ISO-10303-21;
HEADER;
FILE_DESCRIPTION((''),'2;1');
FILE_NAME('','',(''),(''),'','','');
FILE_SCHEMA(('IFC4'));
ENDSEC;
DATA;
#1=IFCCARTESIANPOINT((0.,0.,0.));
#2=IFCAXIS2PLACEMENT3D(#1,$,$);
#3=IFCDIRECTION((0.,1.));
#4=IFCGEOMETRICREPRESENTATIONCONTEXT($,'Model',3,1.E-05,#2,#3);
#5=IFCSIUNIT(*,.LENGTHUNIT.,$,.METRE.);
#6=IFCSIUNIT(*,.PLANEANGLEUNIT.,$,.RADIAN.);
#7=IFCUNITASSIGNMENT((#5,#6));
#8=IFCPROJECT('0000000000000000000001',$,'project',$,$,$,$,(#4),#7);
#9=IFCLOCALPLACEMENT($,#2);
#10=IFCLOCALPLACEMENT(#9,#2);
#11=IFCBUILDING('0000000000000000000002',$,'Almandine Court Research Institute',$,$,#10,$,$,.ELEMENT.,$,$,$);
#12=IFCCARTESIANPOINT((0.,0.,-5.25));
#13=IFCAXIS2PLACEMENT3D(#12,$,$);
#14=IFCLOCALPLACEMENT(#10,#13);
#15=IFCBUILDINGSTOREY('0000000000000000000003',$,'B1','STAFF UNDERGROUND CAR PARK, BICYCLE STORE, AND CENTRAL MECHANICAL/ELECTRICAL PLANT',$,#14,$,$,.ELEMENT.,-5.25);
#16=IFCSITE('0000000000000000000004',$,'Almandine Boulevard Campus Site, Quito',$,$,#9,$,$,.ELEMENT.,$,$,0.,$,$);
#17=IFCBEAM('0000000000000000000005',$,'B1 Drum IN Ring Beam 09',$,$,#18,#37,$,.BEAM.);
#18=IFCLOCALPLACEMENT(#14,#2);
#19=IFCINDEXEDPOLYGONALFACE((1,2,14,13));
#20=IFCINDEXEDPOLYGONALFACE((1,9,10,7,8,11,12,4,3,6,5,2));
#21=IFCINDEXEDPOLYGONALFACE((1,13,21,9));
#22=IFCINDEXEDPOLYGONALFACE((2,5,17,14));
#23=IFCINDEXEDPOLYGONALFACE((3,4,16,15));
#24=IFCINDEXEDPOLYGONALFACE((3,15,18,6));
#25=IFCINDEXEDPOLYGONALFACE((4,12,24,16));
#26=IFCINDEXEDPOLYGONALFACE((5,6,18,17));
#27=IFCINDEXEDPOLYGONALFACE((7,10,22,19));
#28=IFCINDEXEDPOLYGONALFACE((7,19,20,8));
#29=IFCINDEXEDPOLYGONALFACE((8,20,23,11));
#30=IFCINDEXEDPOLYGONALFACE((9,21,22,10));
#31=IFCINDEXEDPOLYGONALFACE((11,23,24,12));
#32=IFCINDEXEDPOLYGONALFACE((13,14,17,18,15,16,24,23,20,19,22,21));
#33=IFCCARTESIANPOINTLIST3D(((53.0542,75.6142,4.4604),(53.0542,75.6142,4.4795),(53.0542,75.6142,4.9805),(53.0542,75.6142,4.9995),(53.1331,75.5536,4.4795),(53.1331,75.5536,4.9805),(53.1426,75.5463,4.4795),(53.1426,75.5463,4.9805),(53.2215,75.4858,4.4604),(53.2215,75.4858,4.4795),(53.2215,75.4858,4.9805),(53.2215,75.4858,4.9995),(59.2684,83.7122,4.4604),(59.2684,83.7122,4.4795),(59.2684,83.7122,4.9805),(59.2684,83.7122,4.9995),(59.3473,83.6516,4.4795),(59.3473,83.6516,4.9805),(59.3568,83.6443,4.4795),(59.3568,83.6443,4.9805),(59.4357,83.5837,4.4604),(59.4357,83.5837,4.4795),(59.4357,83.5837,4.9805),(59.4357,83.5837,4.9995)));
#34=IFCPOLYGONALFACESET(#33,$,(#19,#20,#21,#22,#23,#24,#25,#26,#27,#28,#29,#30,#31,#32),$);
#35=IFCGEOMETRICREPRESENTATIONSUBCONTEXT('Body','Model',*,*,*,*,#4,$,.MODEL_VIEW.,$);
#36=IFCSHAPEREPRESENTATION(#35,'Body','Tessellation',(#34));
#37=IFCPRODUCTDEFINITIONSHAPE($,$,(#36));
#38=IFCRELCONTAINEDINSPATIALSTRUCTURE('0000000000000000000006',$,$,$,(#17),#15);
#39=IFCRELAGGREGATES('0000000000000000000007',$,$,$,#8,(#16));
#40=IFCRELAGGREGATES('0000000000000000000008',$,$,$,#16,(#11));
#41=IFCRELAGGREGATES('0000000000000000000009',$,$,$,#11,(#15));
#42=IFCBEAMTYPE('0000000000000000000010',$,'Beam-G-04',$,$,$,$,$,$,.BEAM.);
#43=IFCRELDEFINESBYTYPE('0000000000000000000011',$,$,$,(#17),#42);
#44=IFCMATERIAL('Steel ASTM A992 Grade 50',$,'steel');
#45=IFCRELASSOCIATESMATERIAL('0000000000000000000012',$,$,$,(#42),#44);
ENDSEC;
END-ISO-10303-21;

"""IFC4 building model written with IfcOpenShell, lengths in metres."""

from ifc_helpers import new_model, si_unit, direction, frame, origin, origin_2d, place, context, subcontext, project, spatial, i_section, extrude, material, material_profile, profile_set, type_object, element, save


model = new_model("IFC4")

# Units and contexts
model_context = context("Model", 3, precision=1e-05, world=origin(), true_north=direction((0.0, 1.0)))
body_context = subcontext(model_context, "Body", "Model", "MODEL_VIEW")
ifc_project = project(units=[si_unit("LENGTHUNIT", "METRE"), si_unit("PLANEANGLEUNIT", "RADIAN")], contexts=[model_context])

# Site, building, storey
site_placement = place(None, origin())
site = spatial("IfcSite", under=ifc_project, at=site_placement, Name="Almandine Boulevard Campus Site, Quito", CompositionType="ELEMENT", RefElevation=0.0)
building_placement = place(site_placement, origin())
building = spatial("IfcBuilding", under=site, at=building_placement, Name="Almandine Court Research Institute", CompositionType="ELEMENT")
storey_placement = place(building_placement, frame((0.0, 0.0, -5.25)))
storey = spatial("IfcBuildingStorey", under=building, at=storey_placement, Name="B1", Description="STAFF UNDERGROUND CAR PARK, BICYCLE STORE, AND CENTRAL MECHANICAL/ELECTRICAL PLANT", CompositionType="ELEMENT", Elevation=-5.25)

# Shared definitions
ifc_material_1 = material(Name="Steel ASTM A992 Grade 50", Category="steel")

# Beam
ifc_material_profile_1 = material_profile(ifc_material_1, i_section(OverallWidth=0.2109, OverallDepth=0.5391, WebThickness=0.012, FlangeThickness=0.019, at=origin_2d()), Name="W530x109")
ifc_profile_set_1 = profile_set([ifc_material_profile_1], Name="Steel ASTM A992 Grade 50")
beam_type_1 = type_object("IfcBeamType", Name="Beam-G-04", PredefinedType="BEAM", material=ifc_profile_set_1)
beam_1_placement = place(storey_placement, frame((59.3521, 83.6479, 4.73), z_axis=(-0.608784, -0.793336, 0.0), x_axis=(0.793336, -0.608784, 0.0)))
element("IfcBeam", 1, at=beam_1_placement, inside=storey, type_object=beam_type_1, Name="B1 Drum IN Ring Beam 09", PredefinedType="BEAM", context=body_context, shape_type="SweptSolid", body=[
    extrude(i_section(OverallWidth=0.2109, OverallDepth=0.5391, WebThickness=0.012, FlangeThickness=0.019, at=origin_2d()), origin(), (0.0, 0.0, 1.0), 10.2075),
])

save(model, "model.ifc")
